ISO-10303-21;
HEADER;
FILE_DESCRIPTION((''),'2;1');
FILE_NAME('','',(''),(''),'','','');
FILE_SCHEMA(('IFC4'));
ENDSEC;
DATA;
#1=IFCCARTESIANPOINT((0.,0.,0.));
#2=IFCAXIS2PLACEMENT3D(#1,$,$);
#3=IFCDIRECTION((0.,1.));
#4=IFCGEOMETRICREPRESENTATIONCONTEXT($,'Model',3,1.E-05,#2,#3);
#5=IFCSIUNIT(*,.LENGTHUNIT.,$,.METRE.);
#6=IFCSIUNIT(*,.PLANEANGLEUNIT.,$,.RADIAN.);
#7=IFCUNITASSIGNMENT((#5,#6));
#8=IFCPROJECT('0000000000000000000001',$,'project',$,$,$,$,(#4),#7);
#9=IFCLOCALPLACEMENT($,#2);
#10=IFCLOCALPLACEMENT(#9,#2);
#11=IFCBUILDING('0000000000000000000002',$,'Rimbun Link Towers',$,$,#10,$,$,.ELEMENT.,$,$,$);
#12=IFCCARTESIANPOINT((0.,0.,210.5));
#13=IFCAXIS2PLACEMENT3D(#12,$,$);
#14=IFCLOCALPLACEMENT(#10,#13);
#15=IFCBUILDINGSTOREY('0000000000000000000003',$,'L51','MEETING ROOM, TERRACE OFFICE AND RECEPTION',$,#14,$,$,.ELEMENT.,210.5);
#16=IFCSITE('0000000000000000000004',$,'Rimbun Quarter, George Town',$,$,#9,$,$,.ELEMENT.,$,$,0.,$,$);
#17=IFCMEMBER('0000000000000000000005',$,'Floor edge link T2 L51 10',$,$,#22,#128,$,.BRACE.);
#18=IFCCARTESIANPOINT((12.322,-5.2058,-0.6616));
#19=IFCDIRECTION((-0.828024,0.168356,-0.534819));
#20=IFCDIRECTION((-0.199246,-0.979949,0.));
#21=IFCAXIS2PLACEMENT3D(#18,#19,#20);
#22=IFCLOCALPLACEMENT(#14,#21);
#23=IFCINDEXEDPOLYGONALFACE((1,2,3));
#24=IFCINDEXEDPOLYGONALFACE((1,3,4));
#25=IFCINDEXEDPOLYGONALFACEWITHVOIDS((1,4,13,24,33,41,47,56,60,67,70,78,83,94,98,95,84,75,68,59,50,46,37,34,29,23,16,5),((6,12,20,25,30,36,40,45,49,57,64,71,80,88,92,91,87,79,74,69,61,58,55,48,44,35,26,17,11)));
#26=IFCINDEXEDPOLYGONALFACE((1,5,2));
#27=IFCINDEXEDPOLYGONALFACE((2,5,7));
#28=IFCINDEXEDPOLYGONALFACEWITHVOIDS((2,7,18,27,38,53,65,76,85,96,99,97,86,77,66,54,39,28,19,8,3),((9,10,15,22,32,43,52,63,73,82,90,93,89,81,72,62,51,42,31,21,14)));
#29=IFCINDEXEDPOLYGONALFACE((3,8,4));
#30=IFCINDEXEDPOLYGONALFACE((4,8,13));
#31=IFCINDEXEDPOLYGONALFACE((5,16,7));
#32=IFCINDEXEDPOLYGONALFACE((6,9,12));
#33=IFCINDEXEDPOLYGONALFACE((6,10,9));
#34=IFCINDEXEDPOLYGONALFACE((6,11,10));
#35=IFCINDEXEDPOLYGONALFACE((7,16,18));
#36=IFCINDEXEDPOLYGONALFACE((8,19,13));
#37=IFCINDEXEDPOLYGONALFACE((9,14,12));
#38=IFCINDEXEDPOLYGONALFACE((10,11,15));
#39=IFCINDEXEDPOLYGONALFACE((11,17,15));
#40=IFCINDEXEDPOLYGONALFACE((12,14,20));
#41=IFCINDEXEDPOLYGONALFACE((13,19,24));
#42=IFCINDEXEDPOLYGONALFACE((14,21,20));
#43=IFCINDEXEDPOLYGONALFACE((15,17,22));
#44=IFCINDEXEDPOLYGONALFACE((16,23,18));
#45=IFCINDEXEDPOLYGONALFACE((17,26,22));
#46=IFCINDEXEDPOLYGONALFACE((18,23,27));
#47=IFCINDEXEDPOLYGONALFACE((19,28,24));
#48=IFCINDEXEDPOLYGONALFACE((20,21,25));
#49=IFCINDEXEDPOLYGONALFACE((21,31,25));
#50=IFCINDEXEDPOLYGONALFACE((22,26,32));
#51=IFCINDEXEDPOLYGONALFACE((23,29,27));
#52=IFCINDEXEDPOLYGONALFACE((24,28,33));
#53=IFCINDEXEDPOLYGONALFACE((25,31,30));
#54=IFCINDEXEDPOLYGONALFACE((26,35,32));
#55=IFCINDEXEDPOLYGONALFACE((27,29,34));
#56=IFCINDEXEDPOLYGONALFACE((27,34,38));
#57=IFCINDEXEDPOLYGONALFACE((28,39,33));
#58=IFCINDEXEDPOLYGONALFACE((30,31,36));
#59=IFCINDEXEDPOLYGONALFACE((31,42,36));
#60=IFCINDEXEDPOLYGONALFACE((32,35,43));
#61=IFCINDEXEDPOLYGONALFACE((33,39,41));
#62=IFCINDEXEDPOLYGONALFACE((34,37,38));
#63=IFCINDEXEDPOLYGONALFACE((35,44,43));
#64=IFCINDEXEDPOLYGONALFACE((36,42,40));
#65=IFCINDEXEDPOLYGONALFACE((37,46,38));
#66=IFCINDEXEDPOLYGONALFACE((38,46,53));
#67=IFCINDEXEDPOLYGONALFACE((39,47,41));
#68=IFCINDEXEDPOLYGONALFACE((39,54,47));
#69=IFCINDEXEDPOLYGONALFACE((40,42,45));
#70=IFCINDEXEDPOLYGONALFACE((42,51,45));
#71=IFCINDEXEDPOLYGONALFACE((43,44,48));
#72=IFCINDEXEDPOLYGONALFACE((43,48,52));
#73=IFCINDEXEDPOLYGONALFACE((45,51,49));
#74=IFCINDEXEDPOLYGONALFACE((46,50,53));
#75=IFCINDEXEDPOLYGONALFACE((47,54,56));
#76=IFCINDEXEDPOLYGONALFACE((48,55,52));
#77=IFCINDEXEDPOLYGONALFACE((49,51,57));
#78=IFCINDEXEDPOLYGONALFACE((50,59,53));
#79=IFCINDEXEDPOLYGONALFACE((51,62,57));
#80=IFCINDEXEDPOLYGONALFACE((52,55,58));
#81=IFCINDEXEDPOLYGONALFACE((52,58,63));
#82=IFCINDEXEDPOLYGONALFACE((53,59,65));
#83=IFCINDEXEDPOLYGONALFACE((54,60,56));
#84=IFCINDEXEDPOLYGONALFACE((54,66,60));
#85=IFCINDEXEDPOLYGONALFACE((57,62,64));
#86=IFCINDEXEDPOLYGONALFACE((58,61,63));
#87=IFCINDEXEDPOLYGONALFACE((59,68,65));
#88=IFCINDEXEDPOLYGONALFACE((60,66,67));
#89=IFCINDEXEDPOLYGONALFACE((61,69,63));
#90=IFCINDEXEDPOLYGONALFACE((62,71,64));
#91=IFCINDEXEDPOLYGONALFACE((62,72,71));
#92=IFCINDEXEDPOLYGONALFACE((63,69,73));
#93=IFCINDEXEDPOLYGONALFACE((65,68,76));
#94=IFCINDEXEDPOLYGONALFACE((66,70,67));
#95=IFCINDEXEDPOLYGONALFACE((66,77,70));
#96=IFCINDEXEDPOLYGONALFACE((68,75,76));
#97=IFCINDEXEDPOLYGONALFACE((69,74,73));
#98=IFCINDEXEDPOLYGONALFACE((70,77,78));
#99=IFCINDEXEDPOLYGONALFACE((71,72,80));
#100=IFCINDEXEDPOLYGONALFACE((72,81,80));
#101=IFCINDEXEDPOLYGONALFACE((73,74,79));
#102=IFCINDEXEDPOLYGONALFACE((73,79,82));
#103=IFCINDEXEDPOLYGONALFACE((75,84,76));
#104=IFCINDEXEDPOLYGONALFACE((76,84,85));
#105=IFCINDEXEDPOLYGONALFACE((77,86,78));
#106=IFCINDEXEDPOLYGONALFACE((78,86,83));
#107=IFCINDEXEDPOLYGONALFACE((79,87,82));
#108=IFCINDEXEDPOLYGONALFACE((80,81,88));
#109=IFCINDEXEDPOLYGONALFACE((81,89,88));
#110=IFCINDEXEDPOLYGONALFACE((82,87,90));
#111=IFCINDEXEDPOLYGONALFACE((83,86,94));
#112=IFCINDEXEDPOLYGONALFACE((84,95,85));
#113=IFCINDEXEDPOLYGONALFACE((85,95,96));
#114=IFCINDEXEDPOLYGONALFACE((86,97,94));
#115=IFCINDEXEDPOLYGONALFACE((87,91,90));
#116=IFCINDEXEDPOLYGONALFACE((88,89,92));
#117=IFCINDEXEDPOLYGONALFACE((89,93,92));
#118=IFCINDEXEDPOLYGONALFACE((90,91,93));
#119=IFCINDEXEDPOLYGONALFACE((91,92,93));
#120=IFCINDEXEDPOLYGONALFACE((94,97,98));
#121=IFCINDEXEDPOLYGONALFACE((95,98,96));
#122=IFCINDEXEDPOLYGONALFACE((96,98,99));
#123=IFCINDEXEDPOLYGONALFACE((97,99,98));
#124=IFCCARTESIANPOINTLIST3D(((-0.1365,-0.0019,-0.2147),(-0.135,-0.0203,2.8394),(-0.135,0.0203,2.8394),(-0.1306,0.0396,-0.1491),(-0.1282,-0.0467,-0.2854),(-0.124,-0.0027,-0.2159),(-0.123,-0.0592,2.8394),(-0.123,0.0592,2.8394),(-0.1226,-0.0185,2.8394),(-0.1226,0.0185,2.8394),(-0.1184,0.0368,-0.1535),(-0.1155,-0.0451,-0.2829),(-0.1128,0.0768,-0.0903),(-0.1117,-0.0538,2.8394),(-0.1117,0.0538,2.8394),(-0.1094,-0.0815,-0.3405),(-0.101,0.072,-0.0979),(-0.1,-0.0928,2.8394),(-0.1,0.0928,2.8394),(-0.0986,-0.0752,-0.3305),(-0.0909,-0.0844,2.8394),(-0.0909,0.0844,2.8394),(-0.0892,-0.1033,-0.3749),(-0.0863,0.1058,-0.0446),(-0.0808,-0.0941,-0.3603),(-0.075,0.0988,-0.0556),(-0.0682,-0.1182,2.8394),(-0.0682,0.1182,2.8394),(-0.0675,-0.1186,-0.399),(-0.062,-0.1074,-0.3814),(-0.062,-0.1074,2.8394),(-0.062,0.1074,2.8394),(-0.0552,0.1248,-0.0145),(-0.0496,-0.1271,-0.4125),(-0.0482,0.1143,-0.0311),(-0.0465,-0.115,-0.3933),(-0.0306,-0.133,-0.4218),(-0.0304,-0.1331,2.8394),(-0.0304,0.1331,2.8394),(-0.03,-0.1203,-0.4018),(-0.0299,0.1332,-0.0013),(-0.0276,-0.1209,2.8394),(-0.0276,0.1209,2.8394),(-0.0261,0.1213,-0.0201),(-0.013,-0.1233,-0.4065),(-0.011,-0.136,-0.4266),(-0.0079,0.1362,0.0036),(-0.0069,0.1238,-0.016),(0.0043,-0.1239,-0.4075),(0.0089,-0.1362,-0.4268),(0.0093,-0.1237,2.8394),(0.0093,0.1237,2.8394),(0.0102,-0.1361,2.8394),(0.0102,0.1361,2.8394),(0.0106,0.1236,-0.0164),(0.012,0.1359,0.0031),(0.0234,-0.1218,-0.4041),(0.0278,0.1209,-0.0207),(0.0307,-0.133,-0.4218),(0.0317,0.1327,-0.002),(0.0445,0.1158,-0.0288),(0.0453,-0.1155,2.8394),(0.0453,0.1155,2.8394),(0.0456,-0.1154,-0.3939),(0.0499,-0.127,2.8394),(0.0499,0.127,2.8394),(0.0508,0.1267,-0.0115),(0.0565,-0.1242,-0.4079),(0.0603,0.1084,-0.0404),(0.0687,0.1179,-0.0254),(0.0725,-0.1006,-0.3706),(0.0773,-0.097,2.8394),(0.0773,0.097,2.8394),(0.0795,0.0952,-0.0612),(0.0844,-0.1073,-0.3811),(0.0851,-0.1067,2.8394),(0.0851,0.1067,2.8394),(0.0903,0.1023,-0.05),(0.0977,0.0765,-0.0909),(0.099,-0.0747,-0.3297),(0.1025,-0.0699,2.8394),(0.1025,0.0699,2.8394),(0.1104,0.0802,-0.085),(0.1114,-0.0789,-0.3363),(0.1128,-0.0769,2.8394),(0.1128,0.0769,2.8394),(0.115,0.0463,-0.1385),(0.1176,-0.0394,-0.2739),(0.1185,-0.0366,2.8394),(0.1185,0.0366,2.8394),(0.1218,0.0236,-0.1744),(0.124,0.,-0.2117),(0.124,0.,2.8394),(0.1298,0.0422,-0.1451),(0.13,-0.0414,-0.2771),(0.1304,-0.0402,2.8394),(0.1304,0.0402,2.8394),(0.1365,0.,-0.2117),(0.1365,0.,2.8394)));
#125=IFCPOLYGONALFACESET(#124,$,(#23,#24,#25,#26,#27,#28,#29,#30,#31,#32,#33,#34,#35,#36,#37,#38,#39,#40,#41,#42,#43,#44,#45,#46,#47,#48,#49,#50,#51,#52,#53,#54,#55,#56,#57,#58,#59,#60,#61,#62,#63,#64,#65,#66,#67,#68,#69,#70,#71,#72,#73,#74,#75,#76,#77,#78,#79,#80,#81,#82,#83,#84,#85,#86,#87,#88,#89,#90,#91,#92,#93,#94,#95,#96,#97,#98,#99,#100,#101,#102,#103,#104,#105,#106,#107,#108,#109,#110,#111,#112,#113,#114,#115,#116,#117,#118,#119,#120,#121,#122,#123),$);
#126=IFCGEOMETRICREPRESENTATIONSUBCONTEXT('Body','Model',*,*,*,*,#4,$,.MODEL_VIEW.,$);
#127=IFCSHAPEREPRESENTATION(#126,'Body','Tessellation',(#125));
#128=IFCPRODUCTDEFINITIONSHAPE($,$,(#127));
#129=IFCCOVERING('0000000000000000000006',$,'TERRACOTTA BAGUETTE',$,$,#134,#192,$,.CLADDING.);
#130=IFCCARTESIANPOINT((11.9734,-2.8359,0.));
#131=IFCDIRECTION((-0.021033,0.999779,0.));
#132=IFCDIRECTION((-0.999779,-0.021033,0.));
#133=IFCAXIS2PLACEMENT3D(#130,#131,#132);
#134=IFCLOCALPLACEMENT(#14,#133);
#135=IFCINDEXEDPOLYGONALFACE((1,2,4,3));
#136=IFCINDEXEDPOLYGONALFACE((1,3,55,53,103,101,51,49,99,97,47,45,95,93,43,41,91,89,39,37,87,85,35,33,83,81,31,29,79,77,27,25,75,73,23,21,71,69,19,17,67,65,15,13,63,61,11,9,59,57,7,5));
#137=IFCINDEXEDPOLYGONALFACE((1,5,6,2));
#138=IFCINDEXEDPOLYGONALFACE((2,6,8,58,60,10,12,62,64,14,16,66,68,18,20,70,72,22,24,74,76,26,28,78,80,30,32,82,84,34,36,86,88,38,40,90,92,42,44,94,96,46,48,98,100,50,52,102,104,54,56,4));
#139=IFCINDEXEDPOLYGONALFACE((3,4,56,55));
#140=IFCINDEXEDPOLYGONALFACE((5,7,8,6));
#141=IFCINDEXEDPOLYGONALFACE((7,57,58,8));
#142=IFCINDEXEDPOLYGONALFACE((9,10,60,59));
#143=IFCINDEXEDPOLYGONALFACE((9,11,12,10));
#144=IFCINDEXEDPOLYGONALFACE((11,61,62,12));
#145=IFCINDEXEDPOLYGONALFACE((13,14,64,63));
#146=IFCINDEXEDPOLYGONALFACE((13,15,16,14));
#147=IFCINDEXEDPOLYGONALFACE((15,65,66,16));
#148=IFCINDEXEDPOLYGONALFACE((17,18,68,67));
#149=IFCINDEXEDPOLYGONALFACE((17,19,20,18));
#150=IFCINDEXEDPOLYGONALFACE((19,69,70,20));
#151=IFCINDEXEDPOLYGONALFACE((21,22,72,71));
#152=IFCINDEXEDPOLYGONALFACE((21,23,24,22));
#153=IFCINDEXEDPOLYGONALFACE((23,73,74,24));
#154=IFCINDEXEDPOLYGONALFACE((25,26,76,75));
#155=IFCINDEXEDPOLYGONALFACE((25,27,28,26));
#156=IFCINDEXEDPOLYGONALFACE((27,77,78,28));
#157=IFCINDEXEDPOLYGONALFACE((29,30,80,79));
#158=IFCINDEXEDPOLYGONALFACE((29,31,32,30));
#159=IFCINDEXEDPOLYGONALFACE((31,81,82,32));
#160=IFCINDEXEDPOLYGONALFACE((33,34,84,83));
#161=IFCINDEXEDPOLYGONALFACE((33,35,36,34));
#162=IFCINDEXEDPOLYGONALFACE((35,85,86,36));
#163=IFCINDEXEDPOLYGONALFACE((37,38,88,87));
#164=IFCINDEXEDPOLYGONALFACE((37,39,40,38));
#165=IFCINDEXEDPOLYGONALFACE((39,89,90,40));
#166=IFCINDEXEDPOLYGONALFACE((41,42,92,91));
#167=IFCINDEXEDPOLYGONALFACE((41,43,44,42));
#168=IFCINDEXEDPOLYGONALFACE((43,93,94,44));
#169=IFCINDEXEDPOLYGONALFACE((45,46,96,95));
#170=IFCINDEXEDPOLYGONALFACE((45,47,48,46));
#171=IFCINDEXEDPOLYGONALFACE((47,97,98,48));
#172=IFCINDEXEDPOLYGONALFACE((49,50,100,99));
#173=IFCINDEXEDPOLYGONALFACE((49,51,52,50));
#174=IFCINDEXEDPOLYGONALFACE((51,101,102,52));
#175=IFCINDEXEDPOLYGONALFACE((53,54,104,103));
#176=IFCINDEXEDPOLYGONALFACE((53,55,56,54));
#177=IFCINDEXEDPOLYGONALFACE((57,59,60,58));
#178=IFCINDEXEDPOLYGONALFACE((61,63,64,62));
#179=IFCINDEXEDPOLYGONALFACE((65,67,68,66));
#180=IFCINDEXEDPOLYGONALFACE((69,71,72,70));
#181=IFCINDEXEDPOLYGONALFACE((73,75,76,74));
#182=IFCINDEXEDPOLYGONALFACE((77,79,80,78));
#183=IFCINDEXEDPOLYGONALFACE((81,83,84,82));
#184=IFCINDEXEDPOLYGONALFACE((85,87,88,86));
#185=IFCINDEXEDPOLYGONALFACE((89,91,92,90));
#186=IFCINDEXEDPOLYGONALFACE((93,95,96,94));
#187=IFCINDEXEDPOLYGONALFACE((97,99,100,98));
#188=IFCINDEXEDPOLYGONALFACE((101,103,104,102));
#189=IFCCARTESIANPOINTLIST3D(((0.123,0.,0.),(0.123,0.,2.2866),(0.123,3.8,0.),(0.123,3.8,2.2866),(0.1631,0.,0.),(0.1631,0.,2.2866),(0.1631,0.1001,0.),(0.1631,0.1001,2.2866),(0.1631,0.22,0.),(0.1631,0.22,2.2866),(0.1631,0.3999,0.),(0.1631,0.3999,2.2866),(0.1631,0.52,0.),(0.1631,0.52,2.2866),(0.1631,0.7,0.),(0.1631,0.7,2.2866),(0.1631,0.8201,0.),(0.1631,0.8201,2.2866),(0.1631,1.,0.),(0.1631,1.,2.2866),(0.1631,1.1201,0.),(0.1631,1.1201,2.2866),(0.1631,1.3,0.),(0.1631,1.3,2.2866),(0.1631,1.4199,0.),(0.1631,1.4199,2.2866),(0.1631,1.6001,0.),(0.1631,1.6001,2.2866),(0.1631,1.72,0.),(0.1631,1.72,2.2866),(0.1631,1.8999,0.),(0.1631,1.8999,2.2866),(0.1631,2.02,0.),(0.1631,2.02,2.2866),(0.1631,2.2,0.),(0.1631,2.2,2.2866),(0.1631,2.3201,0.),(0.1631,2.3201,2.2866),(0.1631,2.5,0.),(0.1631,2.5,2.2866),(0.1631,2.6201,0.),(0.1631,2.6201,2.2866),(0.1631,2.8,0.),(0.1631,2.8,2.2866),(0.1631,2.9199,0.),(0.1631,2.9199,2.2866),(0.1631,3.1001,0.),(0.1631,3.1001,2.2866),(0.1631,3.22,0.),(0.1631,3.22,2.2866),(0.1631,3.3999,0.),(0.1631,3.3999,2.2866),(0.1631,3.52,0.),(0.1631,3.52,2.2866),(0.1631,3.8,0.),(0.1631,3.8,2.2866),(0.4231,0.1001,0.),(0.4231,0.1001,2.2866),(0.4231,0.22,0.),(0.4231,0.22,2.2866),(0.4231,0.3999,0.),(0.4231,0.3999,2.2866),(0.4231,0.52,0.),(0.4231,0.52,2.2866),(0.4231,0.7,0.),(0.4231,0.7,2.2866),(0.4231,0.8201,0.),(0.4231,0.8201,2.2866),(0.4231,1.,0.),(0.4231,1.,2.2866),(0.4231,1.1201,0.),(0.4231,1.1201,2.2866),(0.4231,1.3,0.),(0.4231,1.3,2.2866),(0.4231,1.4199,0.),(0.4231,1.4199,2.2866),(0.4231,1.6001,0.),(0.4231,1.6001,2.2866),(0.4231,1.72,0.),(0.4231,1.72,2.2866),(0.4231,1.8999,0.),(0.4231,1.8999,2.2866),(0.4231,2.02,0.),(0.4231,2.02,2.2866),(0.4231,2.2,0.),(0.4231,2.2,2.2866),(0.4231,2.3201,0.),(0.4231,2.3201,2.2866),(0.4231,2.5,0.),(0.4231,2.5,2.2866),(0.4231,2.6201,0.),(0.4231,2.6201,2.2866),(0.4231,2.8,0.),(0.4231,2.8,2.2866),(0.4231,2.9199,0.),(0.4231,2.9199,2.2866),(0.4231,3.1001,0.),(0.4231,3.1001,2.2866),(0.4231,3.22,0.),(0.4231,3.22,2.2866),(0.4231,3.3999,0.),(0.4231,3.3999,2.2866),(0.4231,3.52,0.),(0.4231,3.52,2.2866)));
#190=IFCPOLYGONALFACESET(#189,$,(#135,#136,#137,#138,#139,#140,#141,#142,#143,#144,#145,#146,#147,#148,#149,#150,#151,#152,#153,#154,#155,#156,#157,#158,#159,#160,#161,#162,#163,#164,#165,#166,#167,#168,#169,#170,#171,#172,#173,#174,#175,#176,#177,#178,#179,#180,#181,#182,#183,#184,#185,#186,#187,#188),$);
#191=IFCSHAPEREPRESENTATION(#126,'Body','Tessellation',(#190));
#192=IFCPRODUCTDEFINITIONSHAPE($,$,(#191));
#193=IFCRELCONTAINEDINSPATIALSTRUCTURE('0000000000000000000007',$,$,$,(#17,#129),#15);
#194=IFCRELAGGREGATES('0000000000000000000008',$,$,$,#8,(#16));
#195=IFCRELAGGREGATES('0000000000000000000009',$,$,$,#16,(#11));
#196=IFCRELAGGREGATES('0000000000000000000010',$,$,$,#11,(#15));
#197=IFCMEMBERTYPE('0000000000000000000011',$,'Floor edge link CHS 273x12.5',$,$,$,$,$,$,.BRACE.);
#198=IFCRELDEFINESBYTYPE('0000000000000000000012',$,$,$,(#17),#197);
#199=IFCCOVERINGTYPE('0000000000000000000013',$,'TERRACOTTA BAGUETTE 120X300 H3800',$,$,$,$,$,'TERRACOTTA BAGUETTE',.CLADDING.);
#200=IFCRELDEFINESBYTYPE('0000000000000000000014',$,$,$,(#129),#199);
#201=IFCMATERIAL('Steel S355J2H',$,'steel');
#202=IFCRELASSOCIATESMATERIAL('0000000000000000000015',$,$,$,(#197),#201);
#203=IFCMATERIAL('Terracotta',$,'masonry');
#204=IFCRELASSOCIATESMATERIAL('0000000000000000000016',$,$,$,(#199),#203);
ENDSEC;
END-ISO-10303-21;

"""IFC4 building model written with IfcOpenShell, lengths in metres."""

from ifc_helpers import new_model, si_unit, direction, frame, origin, origin_2d, place, context, subcontext, project, spatial, polyline, hollow_circle, outline, extrude, clip, halfspace, material, material_profile, profile_set, type_object, element, save


model = new_model("IFC4")

# Units and contexts
model_context = context("Model", 3, precision=1e-05, world=origin(), true_north=direction((0.0, 1.0)))
body_context = subcontext(model_context, "Body", "Model", "MODEL_VIEW")
ifc_project = project(units=[si_unit("LENGTHUNIT", "METRE"), si_unit("PLANEANGLEUNIT", "RADIAN")], contexts=[model_context])

# Site, building, storey
site_placement = place(None, origin())
site = spatial("IfcSite", under=ifc_project, at=site_placement, Name="Rimbun Quarter, George Town", CompositionType="ELEMENT", RefElevation=0.0)
building_placement = place(site_placement, origin())
building = spatial("IfcBuilding", under=site, at=building_placement, Name="Rimbun Link Towers", CompositionType="ELEMENT")
storey_placement = place(building_placement, frame((0.0, 0.0, 210.5)))
storey = spatial("IfcBuildingStorey", under=building, at=storey_placement, Name="L51", Description="MEETING ROOM, TERRACE OFFICE AND RECEPTION", CompositionType="ELEMENT", Elevation=210.5)

# Member
ifc_material_1 = material(Name="Steel S355J2H", Category="steel")
ifc_material_profile_1 = material_profile(ifc_material_1, hollow_circle(Radius=0.1365, WallThickness=0.0125, at=origin_2d()), Name="CHS 273x12.5")
ifc_profile_set_1 = profile_set([ifc_material_profile_1], Name="Steel S355J2H")
member_type_1 = type_object("IfcMemberType", Name="Floor edge link CHS 273x12.5", PredefinedType="BRACE", material=ifc_profile_set_1)
member_1_placement = place(storey_placement, frame((12.322, -5.2058, -0.6616), z_axis=(-0.828024, 0.168356, -0.534819), x_axis=(-0.199246, -0.979949, 0.0)))
element("IfcMember", 1, at=member_1_placement, inside=storey, type_object=member_type_1, Name="Floor edge link T2 L51 10", PredefinedType="BRACE", context=body_context, shape_type="Clipping", body=[
    clip(extrude(hollow_circle(Radius=0.1365, WallThickness=0.0125, at=origin_2d()), frame((0.0, 0.0, -0.45)), (0.0, 0.0, 1.0), 3.2893), halfspace(frame((0.0, 0.0, -0.2117), z_axis=(0.0, 0.844966, -0.534819)), False)),
])

# Covering
ifc_material_2 = material(Name="Terracotta", Category="masonry")
ifc_material_profile_2 = material_profile(ifc_material_2, outline(polyline([(0.123, 0.0), (0.1631, 0.0), (0.1631, 0.1001), (0.4231, 0.1001), (0.4231, 0.22), (0.1631, 0.22), (0.1631, 0.3999), (0.4231, 0.3999), (0.4231, 0.52), (0.1631, 0.52), (0.1631, 0.7), (0.4231, 0.7), (0.4231, 0.8201), (0.1631, 0.8201), (0.1631, 1.0), (0.4231, 1.0), (0.4231, 1.1201), (0.1631, 1.1201), (0.1631, 1.3), (0.4231, 1.3), (0.4231, 1.4199), (0.1631, 1.4199), (0.1631, 1.6001), (0.4231, 1.6001), (0.4231, 1.72), (0.1631, 1.72), (0.1631, 1.8999), (0.4231, 1.8999), (0.4231, 2.02), (0.1631, 2.02), (0.1631, 2.2), (0.4231, 2.2), (0.4231, 2.3201), (0.1631, 2.3201), (0.1631, 2.5), (0.4231, 2.5), (0.4231, 2.6201), (0.1631, 2.6201), (0.1631, 2.8), (0.4231, 2.8), (0.4231, 2.9199), (0.1631, 2.9199), (0.1631, 3.1001), (0.4231, 3.1001), (0.4231, 3.22), (0.1631, 3.22), (0.1631, 3.3999), (0.4231, 3.3999), (0.4231, 3.52), (0.1631, 3.52), (0.1631, 3.8), (0.123, 3.8), (0.123, 0.0)])), Name="BAGUETTE 120X300")
ifc_profile_set_2 = profile_set([ifc_material_profile_2], Name="Terracotta")
covering_type_1 = type_object("IfcCoveringType", Name="TERRACOTTA BAGUETTE 120X300 H3800", ElementType="TERRACOTTA BAGUETTE", PredefinedType="CLADDING", material=ifc_profile_set_2)
covering_1_placement = place(storey_placement, frame((11.9734, -2.8359, 0.0), z_axis=(-0.021033, 0.999779, 0.0), x_axis=(-0.999779, -0.021033, 0.0)))
element("IfcCovering", 2, at=covering_1_placement, inside=storey, type_object=covering_type_1, Name="TERRACOTTA BAGUETTE", PredefinedType="CLADDING", context=body_context, shape_type="SweptSolid", body=[
    extrude(outline(polyline([(0.123, 0.0), (0.1631, 0.0), (0.1631, 0.1001), (0.4231, 0.1001), (0.4231, 0.22), (0.1631, 0.22), (0.1631, 0.3999), (0.4231, 0.3999), (0.4231, 0.52), (0.1631, 0.52), (0.1631, 0.7), (0.4231, 0.7), (0.4231, 0.8201), (0.1631, 0.8201), (0.1631, 1.0), (0.4231, 1.0), (0.4231, 1.1201), (0.1631, 1.1201), (0.1631, 1.3), (0.4231, 1.3), (0.4231, 1.4199), (0.1631, 1.4199), (0.1631, 1.6001), (0.4231, 1.6001), (0.4231, 1.72), (0.1631, 1.72), (0.1631, 1.8999), (0.4231, 1.8999), (0.4231, 2.02), (0.1631, 2.02), (0.1631, 2.2), (0.4231, 2.2), (0.4231, 2.3201), (0.1631, 2.3201), (0.1631, 2.5), (0.4231, 2.5), (0.4231, 2.6201), (0.1631, 2.6201), (0.1631, 2.8), (0.4231, 2.8), (0.4231, 2.9199), (0.1631, 2.9199), (0.1631, 3.1001), (0.4231, 3.1001), (0.4231, 3.22), (0.1631, 3.22), (0.1631, 3.3999), (0.4231, 3.3999), (0.4231, 3.52), (0.1631, 3.52), (0.1631, 3.8), (0.123, 3.8), (0.123, 0.0)])), origin(), (0.0, 0.0, 1.0), 2.2866),
])

save(model, "model.ifc")
